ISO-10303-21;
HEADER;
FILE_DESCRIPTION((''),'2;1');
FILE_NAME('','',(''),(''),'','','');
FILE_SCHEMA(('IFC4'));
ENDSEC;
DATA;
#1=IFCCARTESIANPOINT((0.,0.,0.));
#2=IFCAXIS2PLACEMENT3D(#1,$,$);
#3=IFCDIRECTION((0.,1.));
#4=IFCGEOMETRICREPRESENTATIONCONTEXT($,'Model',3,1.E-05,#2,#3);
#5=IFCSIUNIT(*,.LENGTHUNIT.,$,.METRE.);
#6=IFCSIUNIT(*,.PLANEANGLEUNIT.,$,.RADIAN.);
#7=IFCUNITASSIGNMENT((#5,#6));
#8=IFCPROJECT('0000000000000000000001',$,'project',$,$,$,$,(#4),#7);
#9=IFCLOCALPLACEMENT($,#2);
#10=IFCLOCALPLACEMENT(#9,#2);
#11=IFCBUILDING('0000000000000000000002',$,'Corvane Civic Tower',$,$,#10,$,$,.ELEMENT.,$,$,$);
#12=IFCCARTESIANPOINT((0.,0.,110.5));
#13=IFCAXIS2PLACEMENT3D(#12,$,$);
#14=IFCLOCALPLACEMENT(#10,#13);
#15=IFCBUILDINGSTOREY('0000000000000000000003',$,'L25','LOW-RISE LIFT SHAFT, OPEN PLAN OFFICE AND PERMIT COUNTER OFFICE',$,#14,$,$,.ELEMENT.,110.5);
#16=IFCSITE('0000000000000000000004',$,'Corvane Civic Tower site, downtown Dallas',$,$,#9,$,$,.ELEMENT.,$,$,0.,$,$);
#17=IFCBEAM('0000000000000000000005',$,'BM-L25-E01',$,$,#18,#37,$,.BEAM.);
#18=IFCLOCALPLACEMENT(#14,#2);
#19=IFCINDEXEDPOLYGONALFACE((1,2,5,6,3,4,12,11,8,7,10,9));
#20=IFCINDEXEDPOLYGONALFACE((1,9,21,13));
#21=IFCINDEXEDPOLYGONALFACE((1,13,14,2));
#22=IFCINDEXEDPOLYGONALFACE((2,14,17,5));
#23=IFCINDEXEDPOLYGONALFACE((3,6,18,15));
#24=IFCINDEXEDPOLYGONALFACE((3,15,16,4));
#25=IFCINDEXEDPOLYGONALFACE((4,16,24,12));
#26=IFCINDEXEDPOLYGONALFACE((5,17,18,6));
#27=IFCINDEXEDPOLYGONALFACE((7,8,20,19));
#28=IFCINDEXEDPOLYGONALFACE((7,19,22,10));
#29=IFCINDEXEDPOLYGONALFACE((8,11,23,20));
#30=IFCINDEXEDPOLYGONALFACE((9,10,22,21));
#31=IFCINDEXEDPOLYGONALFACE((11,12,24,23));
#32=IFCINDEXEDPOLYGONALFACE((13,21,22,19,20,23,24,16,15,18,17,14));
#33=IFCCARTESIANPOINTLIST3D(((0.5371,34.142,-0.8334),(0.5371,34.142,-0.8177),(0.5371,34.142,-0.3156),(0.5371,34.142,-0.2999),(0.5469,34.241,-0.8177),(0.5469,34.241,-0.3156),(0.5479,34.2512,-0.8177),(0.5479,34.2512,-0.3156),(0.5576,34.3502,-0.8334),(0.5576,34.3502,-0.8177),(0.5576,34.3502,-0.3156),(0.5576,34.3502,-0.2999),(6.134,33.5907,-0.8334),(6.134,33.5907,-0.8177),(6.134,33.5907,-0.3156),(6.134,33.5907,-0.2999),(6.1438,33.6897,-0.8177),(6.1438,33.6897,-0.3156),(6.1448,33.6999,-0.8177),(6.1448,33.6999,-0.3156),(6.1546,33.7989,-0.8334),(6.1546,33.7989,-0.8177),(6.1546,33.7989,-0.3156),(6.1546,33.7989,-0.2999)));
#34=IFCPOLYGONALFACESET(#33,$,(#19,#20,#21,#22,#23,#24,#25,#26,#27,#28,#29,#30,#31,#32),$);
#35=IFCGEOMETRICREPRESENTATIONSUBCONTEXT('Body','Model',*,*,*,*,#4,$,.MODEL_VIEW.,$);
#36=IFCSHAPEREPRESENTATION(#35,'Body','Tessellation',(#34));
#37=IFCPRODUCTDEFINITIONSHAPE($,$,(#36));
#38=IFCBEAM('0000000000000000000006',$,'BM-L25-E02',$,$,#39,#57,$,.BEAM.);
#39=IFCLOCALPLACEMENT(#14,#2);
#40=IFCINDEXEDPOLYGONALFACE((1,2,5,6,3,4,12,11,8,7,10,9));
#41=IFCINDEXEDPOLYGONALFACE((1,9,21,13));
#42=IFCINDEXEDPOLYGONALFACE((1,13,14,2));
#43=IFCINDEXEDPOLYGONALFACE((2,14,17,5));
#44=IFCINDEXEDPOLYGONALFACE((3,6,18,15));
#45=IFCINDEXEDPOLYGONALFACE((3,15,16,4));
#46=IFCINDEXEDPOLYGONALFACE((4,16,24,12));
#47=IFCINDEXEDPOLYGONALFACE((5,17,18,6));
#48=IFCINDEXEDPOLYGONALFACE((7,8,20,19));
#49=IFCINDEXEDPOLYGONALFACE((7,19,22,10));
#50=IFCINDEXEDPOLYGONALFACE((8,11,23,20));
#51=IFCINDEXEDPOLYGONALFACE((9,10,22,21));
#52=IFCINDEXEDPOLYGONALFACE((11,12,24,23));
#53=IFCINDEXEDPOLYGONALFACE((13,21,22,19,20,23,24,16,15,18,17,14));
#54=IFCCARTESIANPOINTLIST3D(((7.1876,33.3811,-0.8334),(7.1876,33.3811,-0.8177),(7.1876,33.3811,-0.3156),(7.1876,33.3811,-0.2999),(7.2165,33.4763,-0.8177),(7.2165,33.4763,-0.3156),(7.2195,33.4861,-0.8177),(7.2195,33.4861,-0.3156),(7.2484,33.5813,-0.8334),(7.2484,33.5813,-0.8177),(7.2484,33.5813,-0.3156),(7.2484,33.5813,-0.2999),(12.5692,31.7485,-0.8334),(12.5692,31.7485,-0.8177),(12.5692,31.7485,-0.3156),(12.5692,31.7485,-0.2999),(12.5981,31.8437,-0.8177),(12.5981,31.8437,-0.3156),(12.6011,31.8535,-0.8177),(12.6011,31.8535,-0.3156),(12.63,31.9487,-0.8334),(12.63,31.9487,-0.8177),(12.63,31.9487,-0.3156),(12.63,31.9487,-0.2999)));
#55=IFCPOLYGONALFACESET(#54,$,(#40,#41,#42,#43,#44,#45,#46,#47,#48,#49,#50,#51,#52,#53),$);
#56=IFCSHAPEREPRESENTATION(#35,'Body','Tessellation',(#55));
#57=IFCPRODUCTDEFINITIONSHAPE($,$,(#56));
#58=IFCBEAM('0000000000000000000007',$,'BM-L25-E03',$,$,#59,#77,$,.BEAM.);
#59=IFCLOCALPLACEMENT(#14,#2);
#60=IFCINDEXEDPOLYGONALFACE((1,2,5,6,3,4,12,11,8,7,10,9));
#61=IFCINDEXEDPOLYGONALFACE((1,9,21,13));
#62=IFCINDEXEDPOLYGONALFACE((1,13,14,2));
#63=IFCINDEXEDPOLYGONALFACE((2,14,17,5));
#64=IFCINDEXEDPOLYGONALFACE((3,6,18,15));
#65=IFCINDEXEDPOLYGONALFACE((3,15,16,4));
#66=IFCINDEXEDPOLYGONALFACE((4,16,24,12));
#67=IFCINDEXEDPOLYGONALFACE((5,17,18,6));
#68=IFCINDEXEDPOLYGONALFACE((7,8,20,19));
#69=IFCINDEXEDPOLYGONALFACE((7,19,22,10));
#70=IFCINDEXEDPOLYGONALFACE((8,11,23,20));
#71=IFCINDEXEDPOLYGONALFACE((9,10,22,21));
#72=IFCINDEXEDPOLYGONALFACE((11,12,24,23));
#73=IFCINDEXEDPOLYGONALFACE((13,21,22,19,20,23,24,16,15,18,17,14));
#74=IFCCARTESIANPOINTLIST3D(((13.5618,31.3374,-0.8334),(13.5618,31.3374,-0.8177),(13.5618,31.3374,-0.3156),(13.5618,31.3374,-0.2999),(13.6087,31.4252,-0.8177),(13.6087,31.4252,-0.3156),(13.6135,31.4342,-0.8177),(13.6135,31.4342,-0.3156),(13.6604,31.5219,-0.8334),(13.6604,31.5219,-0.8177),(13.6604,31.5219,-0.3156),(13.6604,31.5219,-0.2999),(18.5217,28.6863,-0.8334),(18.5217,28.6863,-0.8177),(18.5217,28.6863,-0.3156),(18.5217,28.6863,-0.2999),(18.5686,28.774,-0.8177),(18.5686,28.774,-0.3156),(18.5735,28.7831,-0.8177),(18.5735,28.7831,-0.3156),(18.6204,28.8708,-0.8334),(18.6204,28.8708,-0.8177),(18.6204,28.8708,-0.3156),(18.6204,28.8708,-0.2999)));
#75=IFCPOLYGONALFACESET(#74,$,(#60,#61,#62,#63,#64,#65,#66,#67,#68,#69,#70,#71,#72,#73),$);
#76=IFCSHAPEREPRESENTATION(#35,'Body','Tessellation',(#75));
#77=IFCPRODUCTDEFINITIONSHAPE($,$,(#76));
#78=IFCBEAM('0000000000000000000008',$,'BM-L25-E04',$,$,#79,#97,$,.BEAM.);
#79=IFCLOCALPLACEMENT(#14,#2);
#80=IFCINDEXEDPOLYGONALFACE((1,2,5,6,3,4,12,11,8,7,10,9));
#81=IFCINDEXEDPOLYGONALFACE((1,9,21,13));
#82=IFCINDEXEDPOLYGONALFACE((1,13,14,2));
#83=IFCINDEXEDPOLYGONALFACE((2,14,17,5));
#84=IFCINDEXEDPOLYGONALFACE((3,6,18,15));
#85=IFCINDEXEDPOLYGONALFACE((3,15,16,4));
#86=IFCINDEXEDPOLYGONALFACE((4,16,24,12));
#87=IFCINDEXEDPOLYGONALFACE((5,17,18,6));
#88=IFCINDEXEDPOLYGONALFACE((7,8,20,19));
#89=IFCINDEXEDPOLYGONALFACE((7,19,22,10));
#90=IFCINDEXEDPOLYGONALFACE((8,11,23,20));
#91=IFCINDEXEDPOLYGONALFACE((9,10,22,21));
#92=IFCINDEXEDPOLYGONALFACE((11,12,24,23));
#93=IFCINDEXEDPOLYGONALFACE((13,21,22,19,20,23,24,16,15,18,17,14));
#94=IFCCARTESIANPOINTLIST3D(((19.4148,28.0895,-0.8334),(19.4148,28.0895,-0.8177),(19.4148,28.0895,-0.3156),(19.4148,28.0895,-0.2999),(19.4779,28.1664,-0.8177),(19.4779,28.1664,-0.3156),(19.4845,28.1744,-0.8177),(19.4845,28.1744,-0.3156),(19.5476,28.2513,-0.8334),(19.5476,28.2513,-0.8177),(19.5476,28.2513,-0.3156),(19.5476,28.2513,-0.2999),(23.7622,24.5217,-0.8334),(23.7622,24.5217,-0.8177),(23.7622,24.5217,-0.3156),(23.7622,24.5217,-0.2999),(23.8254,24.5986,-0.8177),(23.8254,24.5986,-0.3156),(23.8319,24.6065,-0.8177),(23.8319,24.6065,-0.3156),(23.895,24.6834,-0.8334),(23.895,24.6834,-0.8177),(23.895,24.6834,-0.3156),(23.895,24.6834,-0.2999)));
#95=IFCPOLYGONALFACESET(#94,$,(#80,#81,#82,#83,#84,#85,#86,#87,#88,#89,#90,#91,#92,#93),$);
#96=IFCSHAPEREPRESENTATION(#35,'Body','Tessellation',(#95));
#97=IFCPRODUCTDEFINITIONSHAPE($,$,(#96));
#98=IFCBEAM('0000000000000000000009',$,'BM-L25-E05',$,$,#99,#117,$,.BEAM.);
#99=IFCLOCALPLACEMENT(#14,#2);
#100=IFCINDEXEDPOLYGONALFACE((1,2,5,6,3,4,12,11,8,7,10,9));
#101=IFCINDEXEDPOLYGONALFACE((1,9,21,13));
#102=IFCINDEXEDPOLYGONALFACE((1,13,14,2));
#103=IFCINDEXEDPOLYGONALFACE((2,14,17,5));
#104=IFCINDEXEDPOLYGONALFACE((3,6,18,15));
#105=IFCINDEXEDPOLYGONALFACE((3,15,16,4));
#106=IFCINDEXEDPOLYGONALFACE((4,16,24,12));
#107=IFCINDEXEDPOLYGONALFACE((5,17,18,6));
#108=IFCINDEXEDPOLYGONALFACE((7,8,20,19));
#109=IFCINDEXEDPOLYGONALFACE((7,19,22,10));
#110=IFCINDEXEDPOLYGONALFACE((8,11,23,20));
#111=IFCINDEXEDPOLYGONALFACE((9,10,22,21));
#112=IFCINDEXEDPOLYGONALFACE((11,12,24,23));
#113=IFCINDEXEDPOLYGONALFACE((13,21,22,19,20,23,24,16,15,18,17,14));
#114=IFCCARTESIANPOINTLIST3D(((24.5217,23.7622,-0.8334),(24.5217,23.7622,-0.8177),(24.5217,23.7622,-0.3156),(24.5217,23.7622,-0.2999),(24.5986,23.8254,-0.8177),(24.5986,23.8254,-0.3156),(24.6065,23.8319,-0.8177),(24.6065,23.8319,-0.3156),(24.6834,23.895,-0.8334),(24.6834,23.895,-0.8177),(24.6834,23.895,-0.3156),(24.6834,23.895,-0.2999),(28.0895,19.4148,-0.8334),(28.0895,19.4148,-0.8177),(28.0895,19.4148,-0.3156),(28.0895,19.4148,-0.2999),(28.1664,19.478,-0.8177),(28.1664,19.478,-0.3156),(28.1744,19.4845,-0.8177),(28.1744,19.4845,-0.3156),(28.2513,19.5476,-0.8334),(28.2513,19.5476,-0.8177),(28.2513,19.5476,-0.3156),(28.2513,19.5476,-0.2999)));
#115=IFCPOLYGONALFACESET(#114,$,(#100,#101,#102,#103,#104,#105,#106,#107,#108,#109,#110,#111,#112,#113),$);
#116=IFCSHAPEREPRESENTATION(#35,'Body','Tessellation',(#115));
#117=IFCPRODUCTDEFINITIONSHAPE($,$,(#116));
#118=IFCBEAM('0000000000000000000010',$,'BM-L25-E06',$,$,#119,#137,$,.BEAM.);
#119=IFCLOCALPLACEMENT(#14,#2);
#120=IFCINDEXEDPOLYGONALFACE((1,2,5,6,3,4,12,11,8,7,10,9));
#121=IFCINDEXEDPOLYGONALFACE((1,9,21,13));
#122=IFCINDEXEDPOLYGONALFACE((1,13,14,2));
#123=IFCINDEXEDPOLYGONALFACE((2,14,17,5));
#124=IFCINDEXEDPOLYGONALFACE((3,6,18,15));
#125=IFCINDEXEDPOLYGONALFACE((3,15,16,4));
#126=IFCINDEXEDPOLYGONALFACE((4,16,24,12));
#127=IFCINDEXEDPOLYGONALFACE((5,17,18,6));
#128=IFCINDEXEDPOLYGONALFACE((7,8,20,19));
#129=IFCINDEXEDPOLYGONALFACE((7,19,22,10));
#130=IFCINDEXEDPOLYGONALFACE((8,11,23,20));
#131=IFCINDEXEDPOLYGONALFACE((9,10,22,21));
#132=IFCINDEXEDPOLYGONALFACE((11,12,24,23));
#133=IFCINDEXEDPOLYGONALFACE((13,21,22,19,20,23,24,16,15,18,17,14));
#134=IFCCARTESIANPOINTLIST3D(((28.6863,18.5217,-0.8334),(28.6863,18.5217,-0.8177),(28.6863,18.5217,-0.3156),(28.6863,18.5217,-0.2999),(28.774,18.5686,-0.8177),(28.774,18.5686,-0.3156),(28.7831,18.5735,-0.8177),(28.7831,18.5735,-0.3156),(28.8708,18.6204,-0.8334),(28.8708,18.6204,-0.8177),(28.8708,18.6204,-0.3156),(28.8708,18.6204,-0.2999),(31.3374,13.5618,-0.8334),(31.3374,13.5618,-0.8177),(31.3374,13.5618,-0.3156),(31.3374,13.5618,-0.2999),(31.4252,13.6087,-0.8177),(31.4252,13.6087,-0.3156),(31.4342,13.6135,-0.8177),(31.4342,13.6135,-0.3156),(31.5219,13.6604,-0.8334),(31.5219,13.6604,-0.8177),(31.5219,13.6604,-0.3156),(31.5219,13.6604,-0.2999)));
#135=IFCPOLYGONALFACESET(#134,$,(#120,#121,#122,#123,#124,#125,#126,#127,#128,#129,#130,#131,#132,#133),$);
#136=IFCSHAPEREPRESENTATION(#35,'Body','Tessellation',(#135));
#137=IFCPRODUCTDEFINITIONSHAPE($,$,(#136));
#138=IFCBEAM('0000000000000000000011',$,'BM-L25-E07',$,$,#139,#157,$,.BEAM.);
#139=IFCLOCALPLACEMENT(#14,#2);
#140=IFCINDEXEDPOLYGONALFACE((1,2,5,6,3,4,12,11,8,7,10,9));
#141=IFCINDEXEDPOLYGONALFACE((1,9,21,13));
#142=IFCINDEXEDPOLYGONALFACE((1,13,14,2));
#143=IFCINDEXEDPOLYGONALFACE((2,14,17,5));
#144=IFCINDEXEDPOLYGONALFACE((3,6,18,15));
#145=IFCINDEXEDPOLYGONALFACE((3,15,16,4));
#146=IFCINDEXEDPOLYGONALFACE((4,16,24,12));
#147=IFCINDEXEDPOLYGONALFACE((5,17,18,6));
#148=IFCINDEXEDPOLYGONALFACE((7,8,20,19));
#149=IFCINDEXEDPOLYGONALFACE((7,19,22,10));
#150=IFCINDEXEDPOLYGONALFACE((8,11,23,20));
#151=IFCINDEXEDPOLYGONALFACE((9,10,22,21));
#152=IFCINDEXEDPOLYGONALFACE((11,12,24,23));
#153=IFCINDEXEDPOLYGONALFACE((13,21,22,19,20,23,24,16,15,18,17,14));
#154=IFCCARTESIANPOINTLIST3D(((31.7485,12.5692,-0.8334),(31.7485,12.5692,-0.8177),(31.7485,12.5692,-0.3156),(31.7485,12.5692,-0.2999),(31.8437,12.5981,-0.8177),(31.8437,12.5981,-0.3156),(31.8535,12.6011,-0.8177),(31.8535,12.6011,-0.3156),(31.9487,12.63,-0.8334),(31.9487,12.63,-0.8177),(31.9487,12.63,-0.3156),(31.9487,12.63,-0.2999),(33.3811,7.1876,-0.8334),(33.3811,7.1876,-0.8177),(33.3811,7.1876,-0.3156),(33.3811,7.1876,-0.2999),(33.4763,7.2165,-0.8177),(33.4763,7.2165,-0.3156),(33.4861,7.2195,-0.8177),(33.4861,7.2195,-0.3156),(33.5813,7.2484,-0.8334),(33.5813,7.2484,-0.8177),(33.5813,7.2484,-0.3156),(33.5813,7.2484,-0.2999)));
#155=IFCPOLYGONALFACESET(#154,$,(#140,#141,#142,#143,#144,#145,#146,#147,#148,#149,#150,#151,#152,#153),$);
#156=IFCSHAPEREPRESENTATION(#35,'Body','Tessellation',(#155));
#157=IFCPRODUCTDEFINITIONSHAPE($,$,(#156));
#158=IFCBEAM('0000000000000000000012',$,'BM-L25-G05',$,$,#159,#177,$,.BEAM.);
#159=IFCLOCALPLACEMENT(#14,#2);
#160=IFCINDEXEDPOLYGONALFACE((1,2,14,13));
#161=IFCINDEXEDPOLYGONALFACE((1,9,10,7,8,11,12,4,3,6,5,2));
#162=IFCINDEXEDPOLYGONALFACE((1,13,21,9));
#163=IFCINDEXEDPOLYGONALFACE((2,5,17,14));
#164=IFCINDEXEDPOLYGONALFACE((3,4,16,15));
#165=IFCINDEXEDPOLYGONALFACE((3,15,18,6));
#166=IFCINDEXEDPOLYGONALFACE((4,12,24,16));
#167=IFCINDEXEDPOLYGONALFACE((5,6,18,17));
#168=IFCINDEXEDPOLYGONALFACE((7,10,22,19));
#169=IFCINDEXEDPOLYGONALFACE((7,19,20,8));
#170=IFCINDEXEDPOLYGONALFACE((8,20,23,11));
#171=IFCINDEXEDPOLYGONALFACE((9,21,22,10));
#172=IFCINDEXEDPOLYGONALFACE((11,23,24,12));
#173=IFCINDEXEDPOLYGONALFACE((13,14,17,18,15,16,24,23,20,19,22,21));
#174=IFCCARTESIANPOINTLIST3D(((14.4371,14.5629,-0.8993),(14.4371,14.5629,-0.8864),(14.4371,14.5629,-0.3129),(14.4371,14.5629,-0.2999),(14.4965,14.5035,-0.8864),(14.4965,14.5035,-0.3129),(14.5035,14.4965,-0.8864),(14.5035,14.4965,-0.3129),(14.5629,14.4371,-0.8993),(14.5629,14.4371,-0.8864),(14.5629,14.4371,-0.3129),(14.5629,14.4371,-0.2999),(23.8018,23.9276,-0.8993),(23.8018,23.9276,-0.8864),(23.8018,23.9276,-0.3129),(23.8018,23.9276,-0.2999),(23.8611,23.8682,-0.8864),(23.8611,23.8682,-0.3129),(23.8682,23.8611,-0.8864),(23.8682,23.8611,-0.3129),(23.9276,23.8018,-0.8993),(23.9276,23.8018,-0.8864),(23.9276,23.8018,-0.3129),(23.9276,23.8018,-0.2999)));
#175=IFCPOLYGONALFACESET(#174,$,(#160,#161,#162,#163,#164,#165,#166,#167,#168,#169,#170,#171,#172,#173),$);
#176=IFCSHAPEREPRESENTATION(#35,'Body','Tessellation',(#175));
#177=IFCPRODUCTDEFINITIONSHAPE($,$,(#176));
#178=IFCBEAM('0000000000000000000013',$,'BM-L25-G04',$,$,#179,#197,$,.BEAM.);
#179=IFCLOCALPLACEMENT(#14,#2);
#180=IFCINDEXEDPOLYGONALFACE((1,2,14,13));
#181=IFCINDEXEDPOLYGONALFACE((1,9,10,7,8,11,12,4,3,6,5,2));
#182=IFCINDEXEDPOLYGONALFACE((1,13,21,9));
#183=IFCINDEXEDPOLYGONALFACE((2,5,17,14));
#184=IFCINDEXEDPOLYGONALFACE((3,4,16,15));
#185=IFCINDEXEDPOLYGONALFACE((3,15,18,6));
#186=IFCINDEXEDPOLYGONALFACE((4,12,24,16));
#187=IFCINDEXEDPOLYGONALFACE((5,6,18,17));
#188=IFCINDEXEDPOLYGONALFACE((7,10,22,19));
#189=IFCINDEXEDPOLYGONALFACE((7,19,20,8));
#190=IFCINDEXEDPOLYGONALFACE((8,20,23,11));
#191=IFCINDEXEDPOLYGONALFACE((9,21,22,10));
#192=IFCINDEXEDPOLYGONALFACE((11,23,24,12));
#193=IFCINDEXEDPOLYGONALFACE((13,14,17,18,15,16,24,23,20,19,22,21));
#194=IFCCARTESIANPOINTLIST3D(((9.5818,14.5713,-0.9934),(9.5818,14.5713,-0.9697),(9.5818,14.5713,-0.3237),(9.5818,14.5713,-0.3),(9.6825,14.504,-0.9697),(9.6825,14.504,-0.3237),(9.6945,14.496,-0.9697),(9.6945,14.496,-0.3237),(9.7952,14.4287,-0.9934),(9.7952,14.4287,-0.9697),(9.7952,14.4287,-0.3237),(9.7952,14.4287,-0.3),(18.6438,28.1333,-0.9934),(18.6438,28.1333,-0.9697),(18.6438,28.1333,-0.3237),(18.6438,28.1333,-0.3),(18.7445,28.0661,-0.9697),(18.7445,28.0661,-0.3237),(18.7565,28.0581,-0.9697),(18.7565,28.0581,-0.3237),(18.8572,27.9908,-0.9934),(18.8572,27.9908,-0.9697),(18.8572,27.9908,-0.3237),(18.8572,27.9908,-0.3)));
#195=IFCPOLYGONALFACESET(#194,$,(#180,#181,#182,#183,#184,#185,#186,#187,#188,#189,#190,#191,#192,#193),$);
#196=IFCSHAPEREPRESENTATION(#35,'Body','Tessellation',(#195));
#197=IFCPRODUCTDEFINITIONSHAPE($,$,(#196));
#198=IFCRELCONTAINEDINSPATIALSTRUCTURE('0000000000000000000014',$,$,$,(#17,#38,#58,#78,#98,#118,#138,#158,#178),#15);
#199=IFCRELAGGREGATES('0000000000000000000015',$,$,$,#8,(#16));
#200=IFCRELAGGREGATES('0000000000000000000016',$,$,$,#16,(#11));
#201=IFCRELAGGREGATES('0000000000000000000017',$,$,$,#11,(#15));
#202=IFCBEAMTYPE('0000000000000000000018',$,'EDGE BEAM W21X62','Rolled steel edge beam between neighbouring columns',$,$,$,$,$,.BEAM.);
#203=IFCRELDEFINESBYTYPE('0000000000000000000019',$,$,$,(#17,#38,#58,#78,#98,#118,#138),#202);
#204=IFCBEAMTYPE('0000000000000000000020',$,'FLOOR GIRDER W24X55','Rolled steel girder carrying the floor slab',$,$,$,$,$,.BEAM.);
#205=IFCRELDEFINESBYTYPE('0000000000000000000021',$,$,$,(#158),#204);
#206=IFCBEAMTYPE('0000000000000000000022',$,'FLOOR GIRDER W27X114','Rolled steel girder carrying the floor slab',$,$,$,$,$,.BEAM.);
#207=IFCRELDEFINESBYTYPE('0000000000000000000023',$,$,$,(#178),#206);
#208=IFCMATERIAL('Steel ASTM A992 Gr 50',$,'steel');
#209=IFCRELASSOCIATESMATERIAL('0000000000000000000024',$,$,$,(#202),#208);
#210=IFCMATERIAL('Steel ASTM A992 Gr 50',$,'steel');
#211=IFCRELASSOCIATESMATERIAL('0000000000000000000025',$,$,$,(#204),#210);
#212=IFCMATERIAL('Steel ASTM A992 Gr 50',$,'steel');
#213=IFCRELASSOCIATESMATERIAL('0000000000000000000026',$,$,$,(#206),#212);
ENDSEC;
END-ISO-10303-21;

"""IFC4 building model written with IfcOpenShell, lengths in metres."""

from ifc_helpers import new_model, si_unit, direction, frame, origin, origin_2d, place, context, subcontext, project, spatial, i_section, extrude, material, material_profile, profile_set, type_object, element, save


model = new_model("IFC4")

# Units and contexts
model_context = context("Model", 3, precision=1e-05, world=origin(), true_north=direction((0.0, 1.0)))
body_context = subcontext(model_context, "Body", "Model", "MODEL_VIEW")
ifc_project = project(units=[si_unit("LENGTHUNIT", "METRE"), si_unit("PLANEANGLEUNIT", "RADIAN")], contexts=[model_context])

# Site, building, storey
site_placement = place(None, origin())
site = spatial("IfcSite", under=ifc_project, at=site_placement, Name="Corvane Civic Tower site, downtown Dallas", CompositionType="ELEMENT", RefElevation=0.0)
building_placement = place(site_placement, origin())
building = spatial("IfcBuilding", under=site, at=building_placement, Name="Corvane Civic Tower", CompositionType="ELEMENT")
storey_placement = place(building_placement, frame((0.0, 0.0, 110.5)))
storey = spatial("IfcBuildingStorey", under=building, at=storey_placement, Name="L25", Description="LOW-RISE LIFT SHAFT, OPEN PLAN OFFICE AND PERMIT COUNTER OFFICE", CompositionType="ELEMENT", Elevation=110.5)

# Beams
ifc_material_1 = material(Name="Steel ASTM A992 Gr 50", Category="steel")
ifc_material_profile_1 = material_profile(ifc_material_1, i_section(OverallWidth=0.2092, OverallDepth=0.5334, WebThickness=0.0103, FlangeThickness=0.0156, at=origin_2d()), Name="W21X62")
ifc_profile_set_1 = profile_set([ifc_material_profile_1], Name="Steel ASTM A992 Gr 50")
beam_type_1 = type_object("IfcBeamType", Name="EDGE BEAM W21X62", Description="Rolled steel edge beam between neighbouring columns", PredefinedType="BEAM", material=ifc_profile_set_1)
beam_1_placement = place(storey_placement, frame((0.5474, 34.2461, -0.5667), z_axis=(0.995184, -0.098021, 0.0), x_axis=(0.098021, 0.995184, 0.0)))
element("IfcBeam", 1, at=beam_1_placement, inside=storey, type_object=beam_type_1, Name="BM-L25-E01", PredefinedType="BEAM", context=body_context, shape_type="SweptSolid", body=[
    extrude(i_section(OverallWidth=0.2092, OverallDepth=0.5334, WebThickness=0.0103, FlangeThickness=0.0156, at=origin_2d()), origin(), (0.0, 0.0, 1.0), 5.624),
])
beam_2_placement = place(storey_placement, frame((7.218, 33.4812, -0.5667), z_axis=(0.956936, -0.290298, 0.0), x_axis=(0.290298, 0.956936, 0.0)))
element("IfcBeam", 2, at=beam_2_placement, inside=storey, type_object=beam_type_1, Name="BM-L25-E02", PredefinedType="BEAM", context=body_context, shape_type="SweptSolid", body=[
    extrude(i_section(OverallWidth=0.2092, OverallDepth=0.5334, WebThickness=0.0103, FlangeThickness=0.0156, at=origin_2d()), origin(), (0.0, 0.0, 1.0), 5.6238),
])
for number, where, z_axis, x_axis, name in (
    (3, (13.6111, 31.4297, -0.5667), (0.881924, -0.471392, 0.0), (0.471392, 0.881924, 0.0), "BM-L25-E03"),
    (4, (19.4812, 28.1704, -0.5667), (0.773007, -0.634398, 0.0), (0.634398, 0.773007, 0.0), "BM-L25-E04"),
    (5, (24.6025, 23.8286, -0.5667), (0.634398, -0.773007, 0.0), (0.773007, 0.634398, 0.0), "BM-L25-E05"),
    (6, (28.7786, 18.571, -0.5667), (0.471392, -0.881924, 0.0), (0.881924, 0.471392, 0.0), "BM-L25-E06"),
):
    element("IfcBeam", number, at=place(storey_placement, frame(where, z_axis=z_axis, x_axis=x_axis)), inside=storey, type_object=beam_type_1, Name=name, PredefinedType="BEAM", context=body_context, shape_type="SweptSolid", body=[
        extrude(i_section(OverallWidth=0.2092, OverallDepth=0.5334, WebThickness=0.0103, FlangeThickness=0.0156, at=origin_2d()), origin(), (0.0, 0.0, 1.0), 5.624),
    ])
beam_3_placement = place(storey_placement, frame((31.8486, 12.5996, -0.5667), z_axis=(0.290298, -0.956936, 0.0), x_axis=(0.956936, 0.290298, 0.0)))
element("IfcBeam", 7, at=beam_3_placement, inside=storey, type_object=beam_type_1, Name="BM-L25-E07", PredefinedType="BEAM", context=body_context, shape_type="SweptSolid", body=[
    extrude(i_section(OverallWidth=0.2092, OverallDepth=0.5334, WebThickness=0.0103, FlangeThickness=0.0156, at=origin_2d()), origin(), (0.0, 0.0, 1.0), 5.6238),
])
ifc_material_2 = material(Name="Steel ASTM A992 Gr 50", Category="steel")
ifc_material_profile_2 = material_profile(ifc_material_2, i_section(OverallWidth=0.178, OverallDepth=0.5994, WebThickness=0.01, FlangeThickness=0.0129, at=origin_2d()), Name="W24X55")
ifc_profile_set_2 = profile_set([ifc_material_profile_2], Name="Steel ASTM A992 Gr 50")
beam_type_2 = type_object("IfcBeamType", Name="FLOOR GIRDER W24X55", Description="Rolled steel girder carrying the floor slab", PredefinedType="BEAM", material=ifc_profile_set_2)
beam_4_placement = place(storey_placement, frame((14.5, 14.5, -0.5996), z_axis=(0.707107, 0.707107, 0.0), x_axis=(-0.707107, 0.707107, 0.0)))
element("IfcBeam", 8, at=beam_4_placement, inside=storey, type_object=beam_type_2, Name="BM-L25-G05", PredefinedType="BEAM", context=body_context, shape_type="SweptSolid", body=[
    extrude(i_section(OverallWidth=0.178, OverallDepth=0.5994, WebThickness=0.01, FlangeThickness=0.0129, at=origin_2d()), origin(), (0.0, 0.0, 1.0), 13.2437),
])
ifc_material_3 = material(Name="Steel ASTM A992 Gr 50", Category="steel")
ifc_material_profile_3 = material_profile(ifc_material_3, i_section(OverallWidth=0.2566, OverallDepth=0.6934, WebThickness=0.0144, FlangeThickness=0.0237, at=origin_2d()), Name="W27X114")
ifc_profile_set_3 = profile_set([ifc_material_profile_3], Name="Steel ASTM A992 Gr 50")
beam_type_3 = type_object("IfcBeamType", Name="FLOOR GIRDER W27X114", Description="Rolled steel girder carrying the floor slab", PredefinedType="BEAM", material=ifc_profile_set_3)
beam_5_placement = place(storey_placement, frame((9.6885, 14.5, -0.6467), z_axis=(0.555577, 0.831465, 0.0), x_axis=(-0.831465, 0.555577, 0.0)))
element("IfcBeam", 9, at=beam_5_placement, inside=storey, type_object=beam_type_3, Name="BM-L25-G04", PredefinedType="BEAM", context=body_context, shape_type="SweptSolid", body=[
    extrude(i_section(OverallWidth=0.2566, OverallDepth=0.6934, WebThickness=0.0144, FlangeThickness=0.0237, at=origin_2d()), origin(), (0.0, 0.0, 1.0), 16.311),
])

save(model, "model.ifc")
